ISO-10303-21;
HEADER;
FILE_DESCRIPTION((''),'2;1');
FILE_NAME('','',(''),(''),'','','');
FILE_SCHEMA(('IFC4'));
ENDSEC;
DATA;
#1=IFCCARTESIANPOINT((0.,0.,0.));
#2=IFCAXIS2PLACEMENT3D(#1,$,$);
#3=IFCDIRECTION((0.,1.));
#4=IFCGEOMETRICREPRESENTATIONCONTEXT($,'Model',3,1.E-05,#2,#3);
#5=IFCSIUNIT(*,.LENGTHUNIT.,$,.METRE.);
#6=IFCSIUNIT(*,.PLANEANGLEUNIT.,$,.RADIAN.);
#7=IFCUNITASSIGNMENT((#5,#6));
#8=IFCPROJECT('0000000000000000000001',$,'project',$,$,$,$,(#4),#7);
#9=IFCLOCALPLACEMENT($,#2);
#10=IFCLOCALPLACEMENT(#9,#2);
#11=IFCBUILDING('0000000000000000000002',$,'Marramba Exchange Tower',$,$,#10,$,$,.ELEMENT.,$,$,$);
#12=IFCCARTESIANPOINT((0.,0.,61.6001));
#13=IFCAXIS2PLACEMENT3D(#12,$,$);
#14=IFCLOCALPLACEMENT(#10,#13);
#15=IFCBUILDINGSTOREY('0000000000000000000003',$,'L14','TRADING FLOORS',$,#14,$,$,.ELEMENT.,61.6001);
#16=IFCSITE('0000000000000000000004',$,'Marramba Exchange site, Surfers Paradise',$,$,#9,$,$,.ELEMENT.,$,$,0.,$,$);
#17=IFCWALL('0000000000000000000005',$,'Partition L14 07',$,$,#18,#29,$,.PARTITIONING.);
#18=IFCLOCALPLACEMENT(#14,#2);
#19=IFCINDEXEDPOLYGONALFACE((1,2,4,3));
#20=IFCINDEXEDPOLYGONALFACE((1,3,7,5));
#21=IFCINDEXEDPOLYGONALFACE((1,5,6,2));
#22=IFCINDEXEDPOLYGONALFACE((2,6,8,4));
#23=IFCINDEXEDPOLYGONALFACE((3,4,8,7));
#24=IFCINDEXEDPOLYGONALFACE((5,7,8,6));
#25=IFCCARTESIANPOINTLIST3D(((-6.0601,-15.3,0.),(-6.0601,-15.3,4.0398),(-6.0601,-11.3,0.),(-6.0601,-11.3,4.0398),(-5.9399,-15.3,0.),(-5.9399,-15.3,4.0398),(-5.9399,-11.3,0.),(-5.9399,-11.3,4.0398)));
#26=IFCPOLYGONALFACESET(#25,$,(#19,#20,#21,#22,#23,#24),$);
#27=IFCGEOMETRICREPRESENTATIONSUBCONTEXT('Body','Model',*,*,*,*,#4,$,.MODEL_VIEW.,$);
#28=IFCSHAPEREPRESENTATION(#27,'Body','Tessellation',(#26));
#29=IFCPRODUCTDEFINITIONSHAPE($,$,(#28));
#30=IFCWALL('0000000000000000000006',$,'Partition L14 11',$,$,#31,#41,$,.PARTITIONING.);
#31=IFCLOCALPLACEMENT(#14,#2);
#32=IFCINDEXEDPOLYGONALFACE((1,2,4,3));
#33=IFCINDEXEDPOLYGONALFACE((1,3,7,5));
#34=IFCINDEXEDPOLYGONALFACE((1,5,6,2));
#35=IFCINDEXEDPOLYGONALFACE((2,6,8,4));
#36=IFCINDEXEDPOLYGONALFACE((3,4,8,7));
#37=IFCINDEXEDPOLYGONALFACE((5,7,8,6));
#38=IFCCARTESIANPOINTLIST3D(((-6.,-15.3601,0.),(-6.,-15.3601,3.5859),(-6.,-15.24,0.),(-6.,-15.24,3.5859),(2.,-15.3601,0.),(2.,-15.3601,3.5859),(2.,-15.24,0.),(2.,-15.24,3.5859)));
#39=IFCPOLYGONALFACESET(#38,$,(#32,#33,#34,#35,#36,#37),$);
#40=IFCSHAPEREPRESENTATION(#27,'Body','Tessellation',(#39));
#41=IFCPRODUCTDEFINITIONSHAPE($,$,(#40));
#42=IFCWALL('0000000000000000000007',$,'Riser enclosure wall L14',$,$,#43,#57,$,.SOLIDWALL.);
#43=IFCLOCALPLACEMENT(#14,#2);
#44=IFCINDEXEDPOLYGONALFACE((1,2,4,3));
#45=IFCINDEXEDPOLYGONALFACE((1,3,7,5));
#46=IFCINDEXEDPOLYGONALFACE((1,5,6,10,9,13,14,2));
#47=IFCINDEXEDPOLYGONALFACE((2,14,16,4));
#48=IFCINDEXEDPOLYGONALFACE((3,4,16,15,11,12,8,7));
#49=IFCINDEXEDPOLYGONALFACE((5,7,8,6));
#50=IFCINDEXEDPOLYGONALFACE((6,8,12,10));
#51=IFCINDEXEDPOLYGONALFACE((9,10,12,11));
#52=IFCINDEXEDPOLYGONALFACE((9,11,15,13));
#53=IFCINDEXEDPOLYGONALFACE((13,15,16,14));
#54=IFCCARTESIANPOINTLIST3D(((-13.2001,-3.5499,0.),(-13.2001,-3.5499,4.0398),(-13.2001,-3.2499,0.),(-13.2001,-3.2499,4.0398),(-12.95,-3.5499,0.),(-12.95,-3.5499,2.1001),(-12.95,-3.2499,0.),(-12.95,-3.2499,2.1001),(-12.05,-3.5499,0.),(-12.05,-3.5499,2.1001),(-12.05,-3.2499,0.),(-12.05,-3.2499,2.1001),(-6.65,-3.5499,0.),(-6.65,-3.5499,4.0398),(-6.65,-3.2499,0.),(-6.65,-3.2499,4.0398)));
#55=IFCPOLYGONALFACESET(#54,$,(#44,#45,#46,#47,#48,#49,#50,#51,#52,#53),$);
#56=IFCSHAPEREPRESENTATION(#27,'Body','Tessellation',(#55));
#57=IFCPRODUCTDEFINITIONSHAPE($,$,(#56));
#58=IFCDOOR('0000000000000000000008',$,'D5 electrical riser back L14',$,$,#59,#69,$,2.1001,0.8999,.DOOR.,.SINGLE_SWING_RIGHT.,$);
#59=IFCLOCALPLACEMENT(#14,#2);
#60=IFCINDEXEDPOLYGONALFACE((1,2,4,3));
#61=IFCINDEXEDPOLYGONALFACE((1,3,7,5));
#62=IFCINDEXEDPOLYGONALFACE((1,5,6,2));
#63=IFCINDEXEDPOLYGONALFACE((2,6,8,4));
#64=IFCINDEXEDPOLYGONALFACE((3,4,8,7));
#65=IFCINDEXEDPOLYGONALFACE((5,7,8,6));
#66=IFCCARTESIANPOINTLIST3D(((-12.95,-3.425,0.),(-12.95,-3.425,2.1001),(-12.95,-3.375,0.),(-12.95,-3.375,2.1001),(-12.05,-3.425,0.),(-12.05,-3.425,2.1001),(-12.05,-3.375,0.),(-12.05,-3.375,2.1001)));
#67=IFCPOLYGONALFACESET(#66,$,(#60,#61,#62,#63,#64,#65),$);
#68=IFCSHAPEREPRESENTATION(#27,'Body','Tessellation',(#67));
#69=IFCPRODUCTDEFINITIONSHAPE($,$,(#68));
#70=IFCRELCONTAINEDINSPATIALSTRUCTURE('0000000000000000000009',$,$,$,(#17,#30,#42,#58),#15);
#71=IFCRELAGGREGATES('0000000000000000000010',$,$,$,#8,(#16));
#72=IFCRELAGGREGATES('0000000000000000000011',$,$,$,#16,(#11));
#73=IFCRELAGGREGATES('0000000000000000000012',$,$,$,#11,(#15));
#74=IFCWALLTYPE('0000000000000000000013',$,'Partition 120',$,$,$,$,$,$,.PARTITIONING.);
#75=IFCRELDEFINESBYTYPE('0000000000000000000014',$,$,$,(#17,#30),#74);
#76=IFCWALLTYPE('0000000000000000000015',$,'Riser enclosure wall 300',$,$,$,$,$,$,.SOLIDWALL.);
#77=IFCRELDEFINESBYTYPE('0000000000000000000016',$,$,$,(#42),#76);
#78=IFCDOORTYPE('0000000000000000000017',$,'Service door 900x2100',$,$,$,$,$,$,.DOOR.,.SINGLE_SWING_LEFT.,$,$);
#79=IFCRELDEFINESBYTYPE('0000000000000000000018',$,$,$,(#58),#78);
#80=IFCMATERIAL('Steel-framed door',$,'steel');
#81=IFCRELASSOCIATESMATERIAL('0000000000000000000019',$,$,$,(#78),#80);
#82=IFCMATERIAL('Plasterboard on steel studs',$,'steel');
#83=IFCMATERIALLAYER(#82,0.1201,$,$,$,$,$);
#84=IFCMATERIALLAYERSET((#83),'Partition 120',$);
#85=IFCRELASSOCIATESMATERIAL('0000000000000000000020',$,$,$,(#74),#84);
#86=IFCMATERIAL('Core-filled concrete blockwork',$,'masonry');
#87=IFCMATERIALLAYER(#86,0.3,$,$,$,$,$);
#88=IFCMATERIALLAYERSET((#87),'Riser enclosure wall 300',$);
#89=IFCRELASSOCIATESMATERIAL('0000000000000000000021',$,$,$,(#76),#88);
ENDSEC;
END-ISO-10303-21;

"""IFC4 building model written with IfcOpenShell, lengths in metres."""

from ifc_helpers import new_model, si_unit, direction, frame, frame_2d, origin, place, context, subcontext, project, spatial, rectangle, extrude, material, layer, layer_set, type_object, element, fill, save


model = new_model("IFC4")

# Units and contexts
model_context = context("Model", 3, precision=1e-05, world=origin(), true_north=direction((0.0, 1.0)))
body_context = subcontext(model_context, "Body", "Model", "MODEL_VIEW")
ifc_project = project(units=[si_unit("LENGTHUNIT", "METRE"), si_unit("PLANEANGLEUNIT", "RADIAN")], contexts=[model_context])

# Site, building, storey
site_placement = place(None, origin())
site = spatial("IfcSite", under=ifc_project, at=site_placement, Name="Marramba Exchange site, Surfers Paradise", CompositionType="ELEMENT", RefElevation=0.0)
building_placement = place(site_placement, origin())
building = spatial("IfcBuilding", under=site, at=building_placement, Name="Marramba Exchange Tower", CompositionType="ELEMENT")
storey_placement = place(building_placement, frame((0.0, 0.0, 61.6001)))
storey = spatial("IfcBuildingStorey", under=building, at=storey_placement, Name="L14", Description="TRADING FLOORS", CompositionType="ELEMENT", Elevation=61.6001)

# Shared definitions
ifc_material_1 = material(Name="Steel-framed door", Category="steel")
door_type_1 = type_object("IfcDoorType", Name="Service door 900x2100", OperationType="SINGLE_SWING_LEFT", PredefinedType="DOOR", material=ifc_material_1)

# Shared definitions
ifc_material_2 = material(Name="Plasterboard on steel studs", Category="steel")
ifc_layer_1 = layer(ifc_material_2, 0.1201)
ifc_layer_set_1 = layer_set([ifc_layer_1], Name="Partition 120")
wall_type_1 = type_object("IfcWallType", Name="Partition 120", PredefinedType="PARTITIONING", material=ifc_layer_set_1)

# Walls
wall_1_placement = place(storey_placement, frame((-6.0, -11.3, 0.0), z_axis=(0.0, 0.0, 1.0), x_axis=(0.0, -1.0, 0.0)))
element("IfcWall", 1, at=wall_1_placement, inside=storey, type_object=wall_type_1, Name="Partition L14 07", PredefinedType="PARTITIONING", context=body_context, shape_type="SweptSolid", body=[
    extrude(rectangle(XDim=4.0, YDim=0.1201, at=frame_2d((2.0, 0.0))), origin(), (0.0, 0.0, 1.0), 4.0398),
])
wall_2_placement = place(storey_placement, frame((-6.0, -15.3, 0.0), z_axis=(0.0, 0.0, 1.0), x_axis=(1.0, 0.0, 0.0)))
element("IfcWall", 2, at=wall_2_placement, inside=storey, type_object=wall_type_1, Name="Partition L14 11", PredefinedType="PARTITIONING", context=body_context, shape_type="SweptSolid", body=[
    extrude(rectangle(XDim=8.0, YDim=0.1201, at=frame_2d((4.0, 0.0))), origin(), (0.0, 0.0, 1.0), 3.5859),
])

# Wall, opening, door
ifc_material_3 = material(Name="Core-filled concrete blockwork", Category="masonry")
ifc_layer_2 = layer(ifc_material_3, 0.3)
ifc_layer_set_2 = layer_set([ifc_layer_2], Name="Riser enclosure wall 300")
wall_type_2 = type_object("IfcWallType", Name="Riser enclosure wall 300", PredefinedType="SOLIDWALL", material=ifc_layer_set_2)
wall_3_placement = place(storey_placement, frame((-13.2, -3.3999, 0.0), z_axis=(0.0, 0.0, 1.0), x_axis=(1.0, 0.0, 0.0)))
wall_3 = element("IfcWall", 3, at=wall_3_placement, inside=storey, type_object=wall_type_2, Name="Riser enclosure wall L14", PredefinedType="SOLIDWALL", context=body_context, shape_type="SweptSolid", body=[
    extrude(rectangle(XDim=6.55, YDim=0.3, at=frame_2d((3.2749, 0.0))), origin(), (0.0, 0.0, 1.0), 4.0398),
])
opening_1_placement = place(wall_3_placement, frame((0.25, 0.0, 0.0)))
opening_1 = element("IfcOpeningElement", 4, at=opening_1_placement, cuts=wall_3, PredefinedType="OPENING", context=body_context, shape_type="SweptSolid", body=[
    extrude(rectangle(XDim=0.8999, YDim=2.1001, at=frame_2d((0.45, 1.05))), frame((0.0, 0.1599, 0.0), z_axis=(0.0, -1.0, 0.0), x_axis=(1.0, 0.0, 0.0)), (0.0, 0.0, 1.0), 0.3201),
])
door_1_placement = place(opening_1_placement, frame((0.8999, 0.0, 0.0), z_axis=(0.0, 0.0, 1.0), x_axis=(-1.0, 0.0, 0.0)))
door_1 = element("IfcDoor", 5, at=door_1_placement, inside=storey, type_object=door_type_1, Name="D5 electrical riser back L14", OperationType="SINGLE_SWING_RIGHT", OverallHeight=2.1001, OverallWidth=0.8999, PredefinedType="DOOR", context=body_context, shape_type="SweptSolid", body=[
    extrude(rectangle(XDim=0.8999, YDim=2.1001, at=frame_2d((0.45, 1.05))), frame((0.0, 0.0251, 0.0), z_axis=(0.0, -1.0, 0.0), x_axis=(1.0, 0.0, 0.0)), (0.0, 0.0, 1.0), 0.05),
])
fill(opening_1, door_1)

save(model, "model.ifc")
